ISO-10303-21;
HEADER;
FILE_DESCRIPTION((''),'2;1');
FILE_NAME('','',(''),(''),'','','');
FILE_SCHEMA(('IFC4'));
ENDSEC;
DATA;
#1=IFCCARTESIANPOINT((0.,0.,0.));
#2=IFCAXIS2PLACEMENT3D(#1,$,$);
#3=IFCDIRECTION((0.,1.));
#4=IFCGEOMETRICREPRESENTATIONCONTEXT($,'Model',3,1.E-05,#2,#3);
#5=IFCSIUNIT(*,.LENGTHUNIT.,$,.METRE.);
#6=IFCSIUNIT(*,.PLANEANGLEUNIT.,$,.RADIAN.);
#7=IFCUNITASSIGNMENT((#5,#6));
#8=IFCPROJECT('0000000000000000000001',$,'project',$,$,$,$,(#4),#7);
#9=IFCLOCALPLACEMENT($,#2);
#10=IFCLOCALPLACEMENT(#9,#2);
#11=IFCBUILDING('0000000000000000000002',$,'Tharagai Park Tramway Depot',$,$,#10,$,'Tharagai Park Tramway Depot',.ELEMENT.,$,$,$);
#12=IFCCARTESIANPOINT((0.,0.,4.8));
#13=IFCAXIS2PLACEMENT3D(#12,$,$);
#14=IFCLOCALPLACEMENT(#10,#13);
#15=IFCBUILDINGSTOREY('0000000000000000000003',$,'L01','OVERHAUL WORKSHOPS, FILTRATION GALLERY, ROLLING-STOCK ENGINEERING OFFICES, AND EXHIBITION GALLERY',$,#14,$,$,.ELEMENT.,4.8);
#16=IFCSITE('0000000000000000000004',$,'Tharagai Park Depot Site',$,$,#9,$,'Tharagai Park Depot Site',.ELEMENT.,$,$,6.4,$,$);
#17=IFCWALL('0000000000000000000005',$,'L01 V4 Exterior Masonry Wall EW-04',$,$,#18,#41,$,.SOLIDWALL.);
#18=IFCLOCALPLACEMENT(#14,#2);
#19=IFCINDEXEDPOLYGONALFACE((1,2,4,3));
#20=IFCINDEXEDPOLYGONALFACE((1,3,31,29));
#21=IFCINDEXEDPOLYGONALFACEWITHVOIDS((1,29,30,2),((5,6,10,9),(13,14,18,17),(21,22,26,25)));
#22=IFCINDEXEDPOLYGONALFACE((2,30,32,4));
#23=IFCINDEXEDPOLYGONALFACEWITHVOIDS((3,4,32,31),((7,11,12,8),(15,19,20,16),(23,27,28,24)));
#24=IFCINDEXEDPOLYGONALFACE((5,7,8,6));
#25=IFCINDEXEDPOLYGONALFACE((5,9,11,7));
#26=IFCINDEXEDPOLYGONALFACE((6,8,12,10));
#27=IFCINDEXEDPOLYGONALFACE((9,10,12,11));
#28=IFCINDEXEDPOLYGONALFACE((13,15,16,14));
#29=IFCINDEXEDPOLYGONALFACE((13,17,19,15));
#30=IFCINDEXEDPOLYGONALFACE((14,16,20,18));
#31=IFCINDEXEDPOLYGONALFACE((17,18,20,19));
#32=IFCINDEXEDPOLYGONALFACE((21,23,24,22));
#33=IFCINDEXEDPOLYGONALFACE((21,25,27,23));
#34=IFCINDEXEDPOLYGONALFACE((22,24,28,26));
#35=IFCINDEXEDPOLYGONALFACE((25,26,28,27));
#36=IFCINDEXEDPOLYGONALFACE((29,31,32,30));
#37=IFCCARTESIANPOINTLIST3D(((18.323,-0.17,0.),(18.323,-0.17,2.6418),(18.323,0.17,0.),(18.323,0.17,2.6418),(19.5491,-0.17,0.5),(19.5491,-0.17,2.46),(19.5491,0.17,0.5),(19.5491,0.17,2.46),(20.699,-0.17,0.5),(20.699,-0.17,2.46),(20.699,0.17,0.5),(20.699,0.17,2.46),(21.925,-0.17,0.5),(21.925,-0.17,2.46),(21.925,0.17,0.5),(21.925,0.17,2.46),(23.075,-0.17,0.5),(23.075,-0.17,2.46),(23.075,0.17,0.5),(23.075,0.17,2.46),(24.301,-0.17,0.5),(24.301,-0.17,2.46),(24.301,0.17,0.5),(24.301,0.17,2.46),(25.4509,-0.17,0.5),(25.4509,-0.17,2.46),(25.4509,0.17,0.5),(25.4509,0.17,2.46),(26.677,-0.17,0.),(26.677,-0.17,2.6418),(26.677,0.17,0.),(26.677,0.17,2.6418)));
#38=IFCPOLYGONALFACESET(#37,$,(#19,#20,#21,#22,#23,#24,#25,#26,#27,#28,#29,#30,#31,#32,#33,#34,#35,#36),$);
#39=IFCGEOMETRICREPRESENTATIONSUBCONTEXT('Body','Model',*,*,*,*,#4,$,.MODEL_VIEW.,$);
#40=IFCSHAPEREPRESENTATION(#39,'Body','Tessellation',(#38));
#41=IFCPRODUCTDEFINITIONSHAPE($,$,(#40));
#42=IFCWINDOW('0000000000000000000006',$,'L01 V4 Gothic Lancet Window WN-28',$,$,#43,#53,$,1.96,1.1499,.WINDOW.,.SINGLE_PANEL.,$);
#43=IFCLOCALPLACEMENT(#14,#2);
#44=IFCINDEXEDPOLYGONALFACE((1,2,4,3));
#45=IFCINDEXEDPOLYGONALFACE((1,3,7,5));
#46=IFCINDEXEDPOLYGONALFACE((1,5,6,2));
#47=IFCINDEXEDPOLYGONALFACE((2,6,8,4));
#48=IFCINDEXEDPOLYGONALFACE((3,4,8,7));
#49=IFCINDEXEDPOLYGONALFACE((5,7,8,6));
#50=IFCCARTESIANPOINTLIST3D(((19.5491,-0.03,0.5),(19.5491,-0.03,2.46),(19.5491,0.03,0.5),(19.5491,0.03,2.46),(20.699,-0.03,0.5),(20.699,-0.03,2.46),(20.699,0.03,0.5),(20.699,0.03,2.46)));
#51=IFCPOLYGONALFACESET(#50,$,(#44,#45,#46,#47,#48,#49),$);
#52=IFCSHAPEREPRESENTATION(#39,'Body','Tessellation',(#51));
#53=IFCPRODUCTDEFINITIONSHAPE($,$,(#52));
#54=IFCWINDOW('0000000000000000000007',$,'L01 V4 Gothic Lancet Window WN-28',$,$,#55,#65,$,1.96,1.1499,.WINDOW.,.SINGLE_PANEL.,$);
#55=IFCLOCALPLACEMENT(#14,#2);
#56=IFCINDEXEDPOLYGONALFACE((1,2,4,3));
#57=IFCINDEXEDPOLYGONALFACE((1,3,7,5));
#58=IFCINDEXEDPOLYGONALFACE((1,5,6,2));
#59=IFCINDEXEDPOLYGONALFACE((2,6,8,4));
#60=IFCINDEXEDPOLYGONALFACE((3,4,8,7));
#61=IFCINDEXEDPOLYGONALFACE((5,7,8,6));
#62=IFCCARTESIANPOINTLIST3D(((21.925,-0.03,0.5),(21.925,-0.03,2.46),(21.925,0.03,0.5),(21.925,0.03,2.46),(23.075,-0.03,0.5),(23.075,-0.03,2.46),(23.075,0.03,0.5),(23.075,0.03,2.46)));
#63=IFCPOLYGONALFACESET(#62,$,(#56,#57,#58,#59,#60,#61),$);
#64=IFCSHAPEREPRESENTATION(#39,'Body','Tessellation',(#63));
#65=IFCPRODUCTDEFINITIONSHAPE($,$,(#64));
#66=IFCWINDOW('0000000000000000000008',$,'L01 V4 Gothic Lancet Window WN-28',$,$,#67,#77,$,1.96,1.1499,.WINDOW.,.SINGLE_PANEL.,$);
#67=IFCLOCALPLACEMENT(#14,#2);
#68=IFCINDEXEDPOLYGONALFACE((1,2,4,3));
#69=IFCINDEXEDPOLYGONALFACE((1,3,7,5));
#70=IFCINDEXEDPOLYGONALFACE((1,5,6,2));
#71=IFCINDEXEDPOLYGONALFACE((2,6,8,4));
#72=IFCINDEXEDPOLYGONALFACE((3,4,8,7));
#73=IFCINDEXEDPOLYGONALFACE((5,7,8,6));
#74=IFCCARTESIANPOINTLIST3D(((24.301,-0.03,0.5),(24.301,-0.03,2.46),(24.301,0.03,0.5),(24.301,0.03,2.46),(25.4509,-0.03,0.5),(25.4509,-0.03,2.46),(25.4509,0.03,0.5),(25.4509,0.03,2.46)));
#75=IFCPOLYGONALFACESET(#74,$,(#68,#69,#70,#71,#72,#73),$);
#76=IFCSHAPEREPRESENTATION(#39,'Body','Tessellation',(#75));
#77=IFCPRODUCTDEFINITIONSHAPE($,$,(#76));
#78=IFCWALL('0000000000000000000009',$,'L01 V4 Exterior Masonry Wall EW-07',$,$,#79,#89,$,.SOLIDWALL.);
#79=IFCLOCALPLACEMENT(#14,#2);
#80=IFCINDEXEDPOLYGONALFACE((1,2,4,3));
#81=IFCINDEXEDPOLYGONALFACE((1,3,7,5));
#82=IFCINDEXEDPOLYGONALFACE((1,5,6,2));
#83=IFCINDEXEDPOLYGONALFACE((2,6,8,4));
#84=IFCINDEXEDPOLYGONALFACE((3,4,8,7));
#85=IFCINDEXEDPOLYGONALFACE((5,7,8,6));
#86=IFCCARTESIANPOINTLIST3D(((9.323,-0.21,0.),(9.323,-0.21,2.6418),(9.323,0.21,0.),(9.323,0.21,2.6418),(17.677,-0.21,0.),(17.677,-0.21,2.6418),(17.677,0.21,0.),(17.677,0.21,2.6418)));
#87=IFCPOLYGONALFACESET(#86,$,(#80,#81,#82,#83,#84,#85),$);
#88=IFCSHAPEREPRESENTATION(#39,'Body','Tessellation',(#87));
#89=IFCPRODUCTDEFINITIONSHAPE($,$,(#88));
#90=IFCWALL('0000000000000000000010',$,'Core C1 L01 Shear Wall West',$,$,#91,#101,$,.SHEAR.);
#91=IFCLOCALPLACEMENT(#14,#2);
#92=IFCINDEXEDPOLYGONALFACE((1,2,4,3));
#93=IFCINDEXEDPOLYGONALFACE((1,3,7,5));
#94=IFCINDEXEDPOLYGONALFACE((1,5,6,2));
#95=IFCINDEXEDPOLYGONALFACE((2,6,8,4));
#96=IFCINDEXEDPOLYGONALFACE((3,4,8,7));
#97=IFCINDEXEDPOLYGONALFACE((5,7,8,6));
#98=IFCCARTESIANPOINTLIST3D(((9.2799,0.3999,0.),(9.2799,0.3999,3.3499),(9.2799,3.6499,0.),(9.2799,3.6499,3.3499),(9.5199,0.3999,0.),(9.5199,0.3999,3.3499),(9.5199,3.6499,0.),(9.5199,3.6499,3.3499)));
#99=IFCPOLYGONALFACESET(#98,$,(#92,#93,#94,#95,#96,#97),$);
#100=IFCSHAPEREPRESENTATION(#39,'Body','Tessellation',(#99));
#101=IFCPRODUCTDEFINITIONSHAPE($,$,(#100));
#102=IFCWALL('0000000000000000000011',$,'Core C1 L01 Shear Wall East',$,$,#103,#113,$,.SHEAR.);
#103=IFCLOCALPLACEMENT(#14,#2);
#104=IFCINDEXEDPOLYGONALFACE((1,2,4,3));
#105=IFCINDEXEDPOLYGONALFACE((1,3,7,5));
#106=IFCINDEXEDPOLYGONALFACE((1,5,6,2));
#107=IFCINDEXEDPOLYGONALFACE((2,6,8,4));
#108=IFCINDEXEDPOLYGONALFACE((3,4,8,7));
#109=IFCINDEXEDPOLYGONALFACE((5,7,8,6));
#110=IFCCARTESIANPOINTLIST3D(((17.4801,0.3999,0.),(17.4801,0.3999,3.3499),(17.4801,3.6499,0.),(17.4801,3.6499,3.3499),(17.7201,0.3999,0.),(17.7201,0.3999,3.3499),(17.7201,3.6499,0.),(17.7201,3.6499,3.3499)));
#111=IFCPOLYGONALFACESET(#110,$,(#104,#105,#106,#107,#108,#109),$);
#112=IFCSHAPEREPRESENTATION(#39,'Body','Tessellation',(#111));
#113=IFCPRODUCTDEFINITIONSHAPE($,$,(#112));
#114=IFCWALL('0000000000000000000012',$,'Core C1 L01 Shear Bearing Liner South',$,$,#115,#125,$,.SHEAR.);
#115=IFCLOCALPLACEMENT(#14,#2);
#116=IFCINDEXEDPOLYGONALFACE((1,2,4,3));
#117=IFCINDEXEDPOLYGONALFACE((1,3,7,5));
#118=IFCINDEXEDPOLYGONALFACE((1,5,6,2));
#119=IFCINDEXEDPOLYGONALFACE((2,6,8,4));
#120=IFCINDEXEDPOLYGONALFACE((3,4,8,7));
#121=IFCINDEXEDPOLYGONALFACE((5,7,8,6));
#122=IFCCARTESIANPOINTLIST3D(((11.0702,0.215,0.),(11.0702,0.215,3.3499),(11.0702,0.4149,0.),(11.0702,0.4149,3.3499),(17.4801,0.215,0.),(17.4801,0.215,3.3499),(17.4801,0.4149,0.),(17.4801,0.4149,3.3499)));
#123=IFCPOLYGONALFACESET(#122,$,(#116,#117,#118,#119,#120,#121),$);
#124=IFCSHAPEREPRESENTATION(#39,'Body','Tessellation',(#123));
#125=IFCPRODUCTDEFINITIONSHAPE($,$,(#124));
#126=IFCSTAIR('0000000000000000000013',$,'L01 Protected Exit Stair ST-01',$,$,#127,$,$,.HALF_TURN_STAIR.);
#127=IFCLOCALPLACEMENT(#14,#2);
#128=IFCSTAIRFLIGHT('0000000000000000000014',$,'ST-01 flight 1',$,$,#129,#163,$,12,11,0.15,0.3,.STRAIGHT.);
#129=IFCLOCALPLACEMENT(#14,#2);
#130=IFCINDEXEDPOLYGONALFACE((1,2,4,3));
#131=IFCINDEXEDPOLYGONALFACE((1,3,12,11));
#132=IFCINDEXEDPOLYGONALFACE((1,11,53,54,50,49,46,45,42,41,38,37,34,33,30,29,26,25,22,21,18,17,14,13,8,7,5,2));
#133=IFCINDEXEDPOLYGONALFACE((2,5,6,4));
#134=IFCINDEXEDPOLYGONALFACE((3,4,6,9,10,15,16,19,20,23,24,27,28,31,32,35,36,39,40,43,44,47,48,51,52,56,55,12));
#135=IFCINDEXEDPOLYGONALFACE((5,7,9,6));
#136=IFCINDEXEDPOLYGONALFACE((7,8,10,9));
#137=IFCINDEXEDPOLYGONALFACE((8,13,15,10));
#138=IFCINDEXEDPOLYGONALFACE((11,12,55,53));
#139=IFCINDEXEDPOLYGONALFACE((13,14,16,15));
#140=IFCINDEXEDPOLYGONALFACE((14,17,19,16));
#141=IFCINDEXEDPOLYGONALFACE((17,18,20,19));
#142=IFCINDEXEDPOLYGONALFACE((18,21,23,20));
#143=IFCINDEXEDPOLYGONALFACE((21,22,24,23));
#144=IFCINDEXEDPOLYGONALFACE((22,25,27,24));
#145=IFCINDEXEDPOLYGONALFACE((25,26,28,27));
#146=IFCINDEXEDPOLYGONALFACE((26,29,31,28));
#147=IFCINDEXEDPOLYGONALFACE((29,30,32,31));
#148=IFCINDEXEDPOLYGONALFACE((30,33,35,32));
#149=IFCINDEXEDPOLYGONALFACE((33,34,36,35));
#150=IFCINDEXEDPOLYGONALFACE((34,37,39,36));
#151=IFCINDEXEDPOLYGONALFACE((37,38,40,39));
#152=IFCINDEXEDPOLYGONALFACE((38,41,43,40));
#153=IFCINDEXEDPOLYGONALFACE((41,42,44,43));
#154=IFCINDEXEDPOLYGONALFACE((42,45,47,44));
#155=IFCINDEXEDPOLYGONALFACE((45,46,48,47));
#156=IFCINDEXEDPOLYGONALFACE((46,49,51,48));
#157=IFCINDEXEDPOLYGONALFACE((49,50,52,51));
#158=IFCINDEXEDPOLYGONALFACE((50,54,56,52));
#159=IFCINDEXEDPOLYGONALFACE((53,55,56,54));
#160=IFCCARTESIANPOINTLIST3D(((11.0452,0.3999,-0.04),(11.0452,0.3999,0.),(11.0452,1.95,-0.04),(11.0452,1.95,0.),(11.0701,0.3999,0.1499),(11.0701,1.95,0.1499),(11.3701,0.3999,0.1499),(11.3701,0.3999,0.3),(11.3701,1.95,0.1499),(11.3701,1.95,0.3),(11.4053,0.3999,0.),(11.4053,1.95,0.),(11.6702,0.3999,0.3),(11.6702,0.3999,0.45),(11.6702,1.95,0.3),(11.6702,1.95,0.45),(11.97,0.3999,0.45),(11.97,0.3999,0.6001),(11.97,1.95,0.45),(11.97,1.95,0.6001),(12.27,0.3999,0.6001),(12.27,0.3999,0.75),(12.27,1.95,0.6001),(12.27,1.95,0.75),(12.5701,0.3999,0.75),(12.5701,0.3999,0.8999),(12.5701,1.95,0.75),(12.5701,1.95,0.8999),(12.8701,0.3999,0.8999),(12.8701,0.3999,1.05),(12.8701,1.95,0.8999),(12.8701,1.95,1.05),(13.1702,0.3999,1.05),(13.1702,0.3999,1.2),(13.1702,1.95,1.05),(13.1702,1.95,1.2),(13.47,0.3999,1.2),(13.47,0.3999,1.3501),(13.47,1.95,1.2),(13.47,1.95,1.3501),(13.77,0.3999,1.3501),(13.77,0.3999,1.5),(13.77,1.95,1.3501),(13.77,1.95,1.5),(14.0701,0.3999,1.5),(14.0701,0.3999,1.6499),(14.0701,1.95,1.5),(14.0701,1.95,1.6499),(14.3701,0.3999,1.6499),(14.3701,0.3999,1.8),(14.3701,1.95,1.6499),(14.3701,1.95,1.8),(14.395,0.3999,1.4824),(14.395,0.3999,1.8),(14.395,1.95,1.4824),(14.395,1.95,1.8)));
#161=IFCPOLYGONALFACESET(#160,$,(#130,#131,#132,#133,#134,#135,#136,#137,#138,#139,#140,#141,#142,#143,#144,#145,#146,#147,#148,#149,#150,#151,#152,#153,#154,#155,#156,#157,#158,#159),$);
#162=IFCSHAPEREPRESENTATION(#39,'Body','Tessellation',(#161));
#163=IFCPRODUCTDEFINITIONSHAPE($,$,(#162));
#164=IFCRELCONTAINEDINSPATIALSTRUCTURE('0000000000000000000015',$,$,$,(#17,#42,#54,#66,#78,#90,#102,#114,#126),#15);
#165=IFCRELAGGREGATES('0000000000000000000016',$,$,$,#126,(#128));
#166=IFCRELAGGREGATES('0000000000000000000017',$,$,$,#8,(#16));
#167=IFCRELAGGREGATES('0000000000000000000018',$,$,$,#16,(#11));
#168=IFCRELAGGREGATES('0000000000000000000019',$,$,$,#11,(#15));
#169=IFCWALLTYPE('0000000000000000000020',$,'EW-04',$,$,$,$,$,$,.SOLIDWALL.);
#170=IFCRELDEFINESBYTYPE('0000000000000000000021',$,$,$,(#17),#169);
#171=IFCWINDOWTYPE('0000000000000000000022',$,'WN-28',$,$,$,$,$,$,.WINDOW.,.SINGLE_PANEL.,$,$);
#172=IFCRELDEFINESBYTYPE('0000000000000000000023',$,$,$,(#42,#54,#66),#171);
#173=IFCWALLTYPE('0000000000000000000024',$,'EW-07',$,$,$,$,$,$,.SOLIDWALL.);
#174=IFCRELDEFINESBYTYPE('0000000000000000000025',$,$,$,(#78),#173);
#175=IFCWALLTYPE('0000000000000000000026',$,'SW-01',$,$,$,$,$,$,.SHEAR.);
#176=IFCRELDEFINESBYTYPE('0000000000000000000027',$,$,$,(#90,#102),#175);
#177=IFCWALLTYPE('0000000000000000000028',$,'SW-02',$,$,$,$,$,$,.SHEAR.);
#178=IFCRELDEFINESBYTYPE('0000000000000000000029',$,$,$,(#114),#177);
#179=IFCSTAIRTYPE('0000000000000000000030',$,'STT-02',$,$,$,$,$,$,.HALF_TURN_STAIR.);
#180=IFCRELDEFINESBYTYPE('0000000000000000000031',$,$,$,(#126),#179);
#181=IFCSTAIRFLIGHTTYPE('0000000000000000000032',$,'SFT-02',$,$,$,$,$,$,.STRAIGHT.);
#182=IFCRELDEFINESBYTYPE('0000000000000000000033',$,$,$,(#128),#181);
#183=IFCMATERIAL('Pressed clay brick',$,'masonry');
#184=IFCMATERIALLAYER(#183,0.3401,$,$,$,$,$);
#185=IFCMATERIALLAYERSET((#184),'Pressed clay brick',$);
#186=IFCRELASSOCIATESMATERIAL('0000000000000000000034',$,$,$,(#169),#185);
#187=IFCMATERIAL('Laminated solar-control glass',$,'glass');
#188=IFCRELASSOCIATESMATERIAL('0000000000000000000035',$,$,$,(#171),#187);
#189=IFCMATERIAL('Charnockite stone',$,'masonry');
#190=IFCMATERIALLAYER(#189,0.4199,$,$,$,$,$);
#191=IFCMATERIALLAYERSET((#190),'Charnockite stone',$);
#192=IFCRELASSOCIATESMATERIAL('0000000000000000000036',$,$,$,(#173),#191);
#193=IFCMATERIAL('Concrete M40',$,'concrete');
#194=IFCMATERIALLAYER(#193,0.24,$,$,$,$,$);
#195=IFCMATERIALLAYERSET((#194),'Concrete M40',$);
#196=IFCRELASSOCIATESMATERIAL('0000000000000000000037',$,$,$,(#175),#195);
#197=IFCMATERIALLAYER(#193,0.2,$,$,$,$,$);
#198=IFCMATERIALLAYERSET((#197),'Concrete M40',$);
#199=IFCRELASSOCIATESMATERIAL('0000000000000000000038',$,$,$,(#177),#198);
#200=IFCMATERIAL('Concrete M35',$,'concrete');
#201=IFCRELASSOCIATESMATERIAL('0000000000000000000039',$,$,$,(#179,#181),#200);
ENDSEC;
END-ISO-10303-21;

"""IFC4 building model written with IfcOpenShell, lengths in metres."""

from ifc_helpers import new_model, si_unit, direction, frame, frame_2d, origin, place, context, subcontext, project, spatial, polyline, rectangle, outline, extrude, material, layer, layer_set, type_object, element, fill, aggregate, save


model = new_model("IFC4")

# Units and contexts
model_context = context("Model", 3, precision=1e-05, world=origin(), true_north=direction((0.0, 1.0)))
body_context = subcontext(model_context, "Body", "Model", "MODEL_VIEW")
ifc_project = project(units=[si_unit("LENGTHUNIT", "METRE"), si_unit("PLANEANGLEUNIT", "RADIAN")], contexts=[model_context])

# Site, building, storey
site_placement = place(None, origin())
site = spatial("IfcSite", under=ifc_project, at=site_placement, Name="Tharagai Park Depot Site", LongName="Tharagai Park Depot Site", CompositionType="ELEMENT", RefElevation=6.4)
building_placement = place(site_placement, origin())
building = spatial("IfcBuilding", under=site, at=building_placement, Name="Tharagai Park Tramway Depot", LongName="Tharagai Park Tramway Depot", CompositionType="ELEMENT")
storey_placement = place(building_placement, frame((0.0, 0.0, 4.8)))
storey = spatial("IfcBuildingStorey", under=building, at=storey_placement, Name="L01", Description="OVERHAUL WORKSHOPS, FILTRATION GALLERY, ROLLING-STOCK ENGINEERING OFFICES, AND EXHIBITION GALLERY", CompositionType="ELEMENT", Elevation=4.8)

# Shared definitions
ifc_material_1 = material(Name="Concrete M40", Category="concrete")

# Shared definitions
ifc_material_2 = material(Name="Concrete M35", Category="concrete")

# Wall, openings, windows
ifc_material_3 = material(Name="Pressed clay brick", Category="masonry")
ifc_layer_1 = layer(ifc_material_3, 0.3401)
ifc_layer_set_1 = layer_set([ifc_layer_1], Name="Pressed clay brick")
wall_type_1 = type_object("IfcWallType", Name="EW-04", PredefinedType="SOLIDWALL", material=ifc_layer_set_1)
wall_1_placement = place(storey_placement, frame((18.323, 0.0, 0.0), z_axis=(0.0, 0.0, 1.0), x_axis=(1.0, 0.0, 0.0)))
wall_1 = element("IfcWall", 1, at=wall_1_placement, inside=storey, type_object=wall_type_1, Name="L01 V4 Exterior Masonry Wall EW-04", PredefinedType="SOLIDWALL", context=body_context, shape_type="SweptSolid", body=[
    extrude(rectangle(XDim=8.354, YDim=0.3401, at=frame_2d((4.177, 0.0))), origin(), (0.0, 0.0, 1.0), 2.6418),
])
opening_1_placement = place(wall_1_placement, frame((1.2261, 0.0, 0.5)))
opening_1 = element("IfcOpeningElement", 2, at=opening_1_placement, cuts=wall_1, PredefinedType="OPENING", context=body_context, shape_type="SweptSolid", body=[
    extrude(rectangle(XDim=1.1499, YDim=1.96, at=frame_2d((0.575, 0.98))), frame((0.0, 0.1799, 0.0), z_axis=(0.0, -1.0, 0.0), x_axis=(1.0, 0.0, 0.0)), (0.0, 0.0, 1.0), 0.3601),
])
opening_2_placement = place(wall_1_placement, frame((3.6021, 0.0, 0.5)))
opening_2 = element("IfcOpeningElement", 3, at=opening_2_placement, cuts=wall_1, PredefinedType="OPENING", context=body_context, shape_type="SweptSolid", body=[
    extrude(rectangle(XDim=1.1499, YDim=1.96, at=frame_2d((0.575, 0.98))), frame((0.0, 0.1799, 0.0), z_axis=(0.0, -1.0, 0.0), x_axis=(1.0, 0.0, 0.0)), (0.0, 0.0, 1.0), 0.3601),
])
opening_3_placement = place(wall_1_placement, frame((5.978, 0.0, 0.5)))
opening_3 = element("IfcOpeningElement", 4, at=opening_3_placement, cuts=wall_1, PredefinedType="OPENING", context=body_context, shape_type="SweptSolid", body=[
    extrude(rectangle(XDim=1.1499, YDim=1.96, at=frame_2d((0.575, 0.98))), frame((0.0, 0.1799, 0.0), z_axis=(0.0, -1.0, 0.0), x_axis=(1.0, 0.0, 0.0)), (0.0, 0.0, 1.0), 0.3601),
])
ifc_material_4 = material(Name="Laminated solar-control glass", Category="glass")
window_type = type_object("IfcWindowType", Name="WN-28", PartitioningType="SINGLE_PANEL", PredefinedType="WINDOW", material=ifc_material_4)
window_1_placement = place(opening_1_placement, origin())
window_1 = element("IfcWindow", 5, at=window_1_placement, inside=storey, type_object=window_type, Name="L01 V4 Gothic Lancet Window WN-28", OverallHeight=1.96, OverallWidth=1.1499, PartitioningType="SINGLE_PANEL", PredefinedType="WINDOW", context=body_context, shape_type="SweptSolid", body=[
    extrude(rectangle(XDim=1.1499, YDim=1.96, at=frame_2d((0.575, 0.98))), frame((0.0, 0.03, 0.0), z_axis=(0.0, -1.0, 0.0), x_axis=(1.0, 0.0, 0.0)), (0.0, 0.0, 1.0), 0.0601),
])
fill(opening_1, window_1)
window_2_placement = place(opening_2_placement, origin())
window_2 = element("IfcWindow", 6, at=window_2_placement, inside=storey, type_object=window_type, Name="L01 V4 Gothic Lancet Window WN-28", OverallHeight=1.96, OverallWidth=1.1499, PartitioningType="SINGLE_PANEL", PredefinedType="WINDOW", context=body_context, shape_type="SweptSolid", body=[
    extrude(rectangle(XDim=1.1499, YDim=1.96, at=frame_2d((0.575, 0.98))), frame((0.0, 0.03, 0.0), z_axis=(0.0, -1.0, 0.0), x_axis=(1.0, 0.0, 0.0)), (0.0, 0.0, 1.0), 0.0601),
])
fill(opening_2, window_2)
window_3_placement = place(opening_3_placement, origin())
window_3 = element("IfcWindow", 7, at=window_3_placement, inside=storey, type_object=window_type, Name="L01 V4 Gothic Lancet Window WN-28", OverallHeight=1.96, OverallWidth=1.1499, PartitioningType="SINGLE_PANEL", PredefinedType="WINDOW", context=body_context, shape_type="SweptSolid", body=[
    extrude(rectangle(XDim=1.1499, YDim=1.96, at=frame_2d((0.575, 0.98))), frame((0.0, 0.03, 0.0), z_axis=(0.0, -1.0, 0.0), x_axis=(1.0, 0.0, 0.0)), (0.0, 0.0, 1.0), 0.0601),
])
fill(opening_3, window_3)

# Walls
ifc_material_5 = material(Name="Charnockite stone", Category="masonry")
ifc_layer_2 = layer(ifc_material_5, 0.4199)
ifc_layer_set_2 = layer_set([ifc_layer_2], Name="Charnockite stone")
wall_type_2 = type_object("IfcWallType", Name="EW-07", PredefinedType="SOLIDWALL", material=ifc_layer_set_2)
wall_2_placement = place(storey_placement, frame((9.323, 0.0, 0.0), z_axis=(0.0, 0.0, 1.0), x_axis=(1.0, 0.0, 0.0)))
element("IfcWall", 8, at=wall_2_placement, inside=storey, type_object=wall_type_2, Name="L01 V4 Exterior Masonry Wall EW-07", PredefinedType="SOLIDWALL", context=body_context, shape_type="SweptSolid", body=[
    extrude(rectangle(XDim=8.354, YDim=0.4199, at=frame_2d((4.177, 0.0))), origin(), (0.0, 0.0, 1.0), 2.6418),
])
ifc_layer_3 = layer(ifc_material_1, 0.24)
ifc_layer_set_3 = layer_set([ifc_layer_3], Name="Concrete M40")
wall_type_3 = type_object("IfcWallType", Name="SW-01", PredefinedType="SHEAR", material=ifc_layer_set_3)
for number, where, z_axis, x_axis, name in (
    (9, (9.3999, 0.3999, 0.0), (0.0, 0.0, 1.0), (0.0, 1.0, 0.0), "Core C1 L01 Shear Wall West"),
    (10, (17.6001, 0.3999, 0.0), (0.0, 0.0, 1.0), (0.0, 1.0, 0.0), "Core C1 L01 Shear Wall East"),
):
    element("IfcWall", number, at=place(storey_placement, frame(where, z_axis=z_axis, x_axis=x_axis)), inside=storey, type_object=wall_type_3, Name=name, PredefinedType="SHEAR", context=body_context, shape_type="SweptSolid", body=[
        extrude(rectangle(XDim=3.25, YDim=0.24, at=frame_2d((1.625, 0.0))), origin(), (0.0, 0.0, 1.0), 3.3499),
    ])
ifc_layer_4 = layer(ifc_material_1, 0.2)
ifc_layer_set_4 = layer_set([ifc_layer_4], Name="Concrete M40")
wall_type_4 = type_object("IfcWallType", Name="SW-02", PredefinedType="SHEAR", material=ifc_layer_set_4)
wall_3_placement = place(storey_placement, frame((11.0701, 0.3149, 0.0), z_axis=(0.0, 0.0, 1.0), x_axis=(1.0, 0.0, 0.0)))
element("IfcWall", 11, at=wall_3_placement, inside=storey, type_object=wall_type_4, Name="Core C1 L01 Shear Bearing Liner South", PredefinedType="SHEAR", context=body_context, shape_type="SweptSolid", body=[
    extrude(rectangle(XDim=6.4099, YDim=0.2, at=frame_2d((3.2051, 0.0))), origin(), (0.0, 0.0, 1.0), 3.3499),
])

# Stair, stair flight
stair_type = type_object("IfcStairType", Name="STT-02", PredefinedType="HALF_TURN_STAIR", material=ifc_material_2)
stair_placement = place(storey_placement, origin())
stair = element("IfcStair", 12, at=stair_placement, inside=storey, type_object=stair_type, Name="L01 Protected Exit Stair ST-01", PredefinedType="HALF_TURN_STAIR")
stair_flight_type = type_object("IfcStairFlightType", Name="SFT-02", PredefinedType="STRAIGHT", material=ifc_material_2)
stair_flight_placement = place(storey_placement, frame((11.0701, 1.175, 0.0), z_axis=(0.0, 0.0, 1.0), x_axis=(1.0, 0.0, 0.0)))
stair_flight = element("IfcStairFlight", 13, at=stair_flight_placement, type_object=stair_flight_type, Name="ST-01 flight 1", NumberOfRisers=12, NumberOfTreads=11, PredefinedType="STRAIGHT", RiserHeight=0.15, TreadLength=0.3, context=body_context, shape_type="SweptSolid", body=[
    extrude(outline(polyline([(-0.0249, 0.0), (0.0, 0.1499), (0.3, 0.1499), (0.3, 0.3), (0.6001, 0.3), (0.6001, 0.45), (0.8999, 0.45), (0.8999, 0.6001), (1.2, 0.6001), (1.2, 0.75), (1.5, 0.75), (1.5, 0.8999), (1.8, 0.8999), (1.8, 1.05), (2.1001, 1.05), (2.1001, 1.2), (2.3999, 1.2), (2.3999, 1.3501), (2.7, 1.3501), (2.7, 1.5), (3.0, 1.5), (3.0, 1.6499), (3.3, 1.6499), (3.3, 1.8), (3.325, 1.8), (3.325, 1.4824), (0.3352, 0.0), (-0.0249, -0.04), (-0.0249, 0.0)])), frame((0.0, 0.7749, 0.0), z_axis=(0.0, -1.0, 0.0), x_axis=(1.0, 0.0, 0.0)), (0.0, 0.0, 1.0), 1.55),
])
aggregate(stair, [stair_flight])

save(model, "model.ifc")
